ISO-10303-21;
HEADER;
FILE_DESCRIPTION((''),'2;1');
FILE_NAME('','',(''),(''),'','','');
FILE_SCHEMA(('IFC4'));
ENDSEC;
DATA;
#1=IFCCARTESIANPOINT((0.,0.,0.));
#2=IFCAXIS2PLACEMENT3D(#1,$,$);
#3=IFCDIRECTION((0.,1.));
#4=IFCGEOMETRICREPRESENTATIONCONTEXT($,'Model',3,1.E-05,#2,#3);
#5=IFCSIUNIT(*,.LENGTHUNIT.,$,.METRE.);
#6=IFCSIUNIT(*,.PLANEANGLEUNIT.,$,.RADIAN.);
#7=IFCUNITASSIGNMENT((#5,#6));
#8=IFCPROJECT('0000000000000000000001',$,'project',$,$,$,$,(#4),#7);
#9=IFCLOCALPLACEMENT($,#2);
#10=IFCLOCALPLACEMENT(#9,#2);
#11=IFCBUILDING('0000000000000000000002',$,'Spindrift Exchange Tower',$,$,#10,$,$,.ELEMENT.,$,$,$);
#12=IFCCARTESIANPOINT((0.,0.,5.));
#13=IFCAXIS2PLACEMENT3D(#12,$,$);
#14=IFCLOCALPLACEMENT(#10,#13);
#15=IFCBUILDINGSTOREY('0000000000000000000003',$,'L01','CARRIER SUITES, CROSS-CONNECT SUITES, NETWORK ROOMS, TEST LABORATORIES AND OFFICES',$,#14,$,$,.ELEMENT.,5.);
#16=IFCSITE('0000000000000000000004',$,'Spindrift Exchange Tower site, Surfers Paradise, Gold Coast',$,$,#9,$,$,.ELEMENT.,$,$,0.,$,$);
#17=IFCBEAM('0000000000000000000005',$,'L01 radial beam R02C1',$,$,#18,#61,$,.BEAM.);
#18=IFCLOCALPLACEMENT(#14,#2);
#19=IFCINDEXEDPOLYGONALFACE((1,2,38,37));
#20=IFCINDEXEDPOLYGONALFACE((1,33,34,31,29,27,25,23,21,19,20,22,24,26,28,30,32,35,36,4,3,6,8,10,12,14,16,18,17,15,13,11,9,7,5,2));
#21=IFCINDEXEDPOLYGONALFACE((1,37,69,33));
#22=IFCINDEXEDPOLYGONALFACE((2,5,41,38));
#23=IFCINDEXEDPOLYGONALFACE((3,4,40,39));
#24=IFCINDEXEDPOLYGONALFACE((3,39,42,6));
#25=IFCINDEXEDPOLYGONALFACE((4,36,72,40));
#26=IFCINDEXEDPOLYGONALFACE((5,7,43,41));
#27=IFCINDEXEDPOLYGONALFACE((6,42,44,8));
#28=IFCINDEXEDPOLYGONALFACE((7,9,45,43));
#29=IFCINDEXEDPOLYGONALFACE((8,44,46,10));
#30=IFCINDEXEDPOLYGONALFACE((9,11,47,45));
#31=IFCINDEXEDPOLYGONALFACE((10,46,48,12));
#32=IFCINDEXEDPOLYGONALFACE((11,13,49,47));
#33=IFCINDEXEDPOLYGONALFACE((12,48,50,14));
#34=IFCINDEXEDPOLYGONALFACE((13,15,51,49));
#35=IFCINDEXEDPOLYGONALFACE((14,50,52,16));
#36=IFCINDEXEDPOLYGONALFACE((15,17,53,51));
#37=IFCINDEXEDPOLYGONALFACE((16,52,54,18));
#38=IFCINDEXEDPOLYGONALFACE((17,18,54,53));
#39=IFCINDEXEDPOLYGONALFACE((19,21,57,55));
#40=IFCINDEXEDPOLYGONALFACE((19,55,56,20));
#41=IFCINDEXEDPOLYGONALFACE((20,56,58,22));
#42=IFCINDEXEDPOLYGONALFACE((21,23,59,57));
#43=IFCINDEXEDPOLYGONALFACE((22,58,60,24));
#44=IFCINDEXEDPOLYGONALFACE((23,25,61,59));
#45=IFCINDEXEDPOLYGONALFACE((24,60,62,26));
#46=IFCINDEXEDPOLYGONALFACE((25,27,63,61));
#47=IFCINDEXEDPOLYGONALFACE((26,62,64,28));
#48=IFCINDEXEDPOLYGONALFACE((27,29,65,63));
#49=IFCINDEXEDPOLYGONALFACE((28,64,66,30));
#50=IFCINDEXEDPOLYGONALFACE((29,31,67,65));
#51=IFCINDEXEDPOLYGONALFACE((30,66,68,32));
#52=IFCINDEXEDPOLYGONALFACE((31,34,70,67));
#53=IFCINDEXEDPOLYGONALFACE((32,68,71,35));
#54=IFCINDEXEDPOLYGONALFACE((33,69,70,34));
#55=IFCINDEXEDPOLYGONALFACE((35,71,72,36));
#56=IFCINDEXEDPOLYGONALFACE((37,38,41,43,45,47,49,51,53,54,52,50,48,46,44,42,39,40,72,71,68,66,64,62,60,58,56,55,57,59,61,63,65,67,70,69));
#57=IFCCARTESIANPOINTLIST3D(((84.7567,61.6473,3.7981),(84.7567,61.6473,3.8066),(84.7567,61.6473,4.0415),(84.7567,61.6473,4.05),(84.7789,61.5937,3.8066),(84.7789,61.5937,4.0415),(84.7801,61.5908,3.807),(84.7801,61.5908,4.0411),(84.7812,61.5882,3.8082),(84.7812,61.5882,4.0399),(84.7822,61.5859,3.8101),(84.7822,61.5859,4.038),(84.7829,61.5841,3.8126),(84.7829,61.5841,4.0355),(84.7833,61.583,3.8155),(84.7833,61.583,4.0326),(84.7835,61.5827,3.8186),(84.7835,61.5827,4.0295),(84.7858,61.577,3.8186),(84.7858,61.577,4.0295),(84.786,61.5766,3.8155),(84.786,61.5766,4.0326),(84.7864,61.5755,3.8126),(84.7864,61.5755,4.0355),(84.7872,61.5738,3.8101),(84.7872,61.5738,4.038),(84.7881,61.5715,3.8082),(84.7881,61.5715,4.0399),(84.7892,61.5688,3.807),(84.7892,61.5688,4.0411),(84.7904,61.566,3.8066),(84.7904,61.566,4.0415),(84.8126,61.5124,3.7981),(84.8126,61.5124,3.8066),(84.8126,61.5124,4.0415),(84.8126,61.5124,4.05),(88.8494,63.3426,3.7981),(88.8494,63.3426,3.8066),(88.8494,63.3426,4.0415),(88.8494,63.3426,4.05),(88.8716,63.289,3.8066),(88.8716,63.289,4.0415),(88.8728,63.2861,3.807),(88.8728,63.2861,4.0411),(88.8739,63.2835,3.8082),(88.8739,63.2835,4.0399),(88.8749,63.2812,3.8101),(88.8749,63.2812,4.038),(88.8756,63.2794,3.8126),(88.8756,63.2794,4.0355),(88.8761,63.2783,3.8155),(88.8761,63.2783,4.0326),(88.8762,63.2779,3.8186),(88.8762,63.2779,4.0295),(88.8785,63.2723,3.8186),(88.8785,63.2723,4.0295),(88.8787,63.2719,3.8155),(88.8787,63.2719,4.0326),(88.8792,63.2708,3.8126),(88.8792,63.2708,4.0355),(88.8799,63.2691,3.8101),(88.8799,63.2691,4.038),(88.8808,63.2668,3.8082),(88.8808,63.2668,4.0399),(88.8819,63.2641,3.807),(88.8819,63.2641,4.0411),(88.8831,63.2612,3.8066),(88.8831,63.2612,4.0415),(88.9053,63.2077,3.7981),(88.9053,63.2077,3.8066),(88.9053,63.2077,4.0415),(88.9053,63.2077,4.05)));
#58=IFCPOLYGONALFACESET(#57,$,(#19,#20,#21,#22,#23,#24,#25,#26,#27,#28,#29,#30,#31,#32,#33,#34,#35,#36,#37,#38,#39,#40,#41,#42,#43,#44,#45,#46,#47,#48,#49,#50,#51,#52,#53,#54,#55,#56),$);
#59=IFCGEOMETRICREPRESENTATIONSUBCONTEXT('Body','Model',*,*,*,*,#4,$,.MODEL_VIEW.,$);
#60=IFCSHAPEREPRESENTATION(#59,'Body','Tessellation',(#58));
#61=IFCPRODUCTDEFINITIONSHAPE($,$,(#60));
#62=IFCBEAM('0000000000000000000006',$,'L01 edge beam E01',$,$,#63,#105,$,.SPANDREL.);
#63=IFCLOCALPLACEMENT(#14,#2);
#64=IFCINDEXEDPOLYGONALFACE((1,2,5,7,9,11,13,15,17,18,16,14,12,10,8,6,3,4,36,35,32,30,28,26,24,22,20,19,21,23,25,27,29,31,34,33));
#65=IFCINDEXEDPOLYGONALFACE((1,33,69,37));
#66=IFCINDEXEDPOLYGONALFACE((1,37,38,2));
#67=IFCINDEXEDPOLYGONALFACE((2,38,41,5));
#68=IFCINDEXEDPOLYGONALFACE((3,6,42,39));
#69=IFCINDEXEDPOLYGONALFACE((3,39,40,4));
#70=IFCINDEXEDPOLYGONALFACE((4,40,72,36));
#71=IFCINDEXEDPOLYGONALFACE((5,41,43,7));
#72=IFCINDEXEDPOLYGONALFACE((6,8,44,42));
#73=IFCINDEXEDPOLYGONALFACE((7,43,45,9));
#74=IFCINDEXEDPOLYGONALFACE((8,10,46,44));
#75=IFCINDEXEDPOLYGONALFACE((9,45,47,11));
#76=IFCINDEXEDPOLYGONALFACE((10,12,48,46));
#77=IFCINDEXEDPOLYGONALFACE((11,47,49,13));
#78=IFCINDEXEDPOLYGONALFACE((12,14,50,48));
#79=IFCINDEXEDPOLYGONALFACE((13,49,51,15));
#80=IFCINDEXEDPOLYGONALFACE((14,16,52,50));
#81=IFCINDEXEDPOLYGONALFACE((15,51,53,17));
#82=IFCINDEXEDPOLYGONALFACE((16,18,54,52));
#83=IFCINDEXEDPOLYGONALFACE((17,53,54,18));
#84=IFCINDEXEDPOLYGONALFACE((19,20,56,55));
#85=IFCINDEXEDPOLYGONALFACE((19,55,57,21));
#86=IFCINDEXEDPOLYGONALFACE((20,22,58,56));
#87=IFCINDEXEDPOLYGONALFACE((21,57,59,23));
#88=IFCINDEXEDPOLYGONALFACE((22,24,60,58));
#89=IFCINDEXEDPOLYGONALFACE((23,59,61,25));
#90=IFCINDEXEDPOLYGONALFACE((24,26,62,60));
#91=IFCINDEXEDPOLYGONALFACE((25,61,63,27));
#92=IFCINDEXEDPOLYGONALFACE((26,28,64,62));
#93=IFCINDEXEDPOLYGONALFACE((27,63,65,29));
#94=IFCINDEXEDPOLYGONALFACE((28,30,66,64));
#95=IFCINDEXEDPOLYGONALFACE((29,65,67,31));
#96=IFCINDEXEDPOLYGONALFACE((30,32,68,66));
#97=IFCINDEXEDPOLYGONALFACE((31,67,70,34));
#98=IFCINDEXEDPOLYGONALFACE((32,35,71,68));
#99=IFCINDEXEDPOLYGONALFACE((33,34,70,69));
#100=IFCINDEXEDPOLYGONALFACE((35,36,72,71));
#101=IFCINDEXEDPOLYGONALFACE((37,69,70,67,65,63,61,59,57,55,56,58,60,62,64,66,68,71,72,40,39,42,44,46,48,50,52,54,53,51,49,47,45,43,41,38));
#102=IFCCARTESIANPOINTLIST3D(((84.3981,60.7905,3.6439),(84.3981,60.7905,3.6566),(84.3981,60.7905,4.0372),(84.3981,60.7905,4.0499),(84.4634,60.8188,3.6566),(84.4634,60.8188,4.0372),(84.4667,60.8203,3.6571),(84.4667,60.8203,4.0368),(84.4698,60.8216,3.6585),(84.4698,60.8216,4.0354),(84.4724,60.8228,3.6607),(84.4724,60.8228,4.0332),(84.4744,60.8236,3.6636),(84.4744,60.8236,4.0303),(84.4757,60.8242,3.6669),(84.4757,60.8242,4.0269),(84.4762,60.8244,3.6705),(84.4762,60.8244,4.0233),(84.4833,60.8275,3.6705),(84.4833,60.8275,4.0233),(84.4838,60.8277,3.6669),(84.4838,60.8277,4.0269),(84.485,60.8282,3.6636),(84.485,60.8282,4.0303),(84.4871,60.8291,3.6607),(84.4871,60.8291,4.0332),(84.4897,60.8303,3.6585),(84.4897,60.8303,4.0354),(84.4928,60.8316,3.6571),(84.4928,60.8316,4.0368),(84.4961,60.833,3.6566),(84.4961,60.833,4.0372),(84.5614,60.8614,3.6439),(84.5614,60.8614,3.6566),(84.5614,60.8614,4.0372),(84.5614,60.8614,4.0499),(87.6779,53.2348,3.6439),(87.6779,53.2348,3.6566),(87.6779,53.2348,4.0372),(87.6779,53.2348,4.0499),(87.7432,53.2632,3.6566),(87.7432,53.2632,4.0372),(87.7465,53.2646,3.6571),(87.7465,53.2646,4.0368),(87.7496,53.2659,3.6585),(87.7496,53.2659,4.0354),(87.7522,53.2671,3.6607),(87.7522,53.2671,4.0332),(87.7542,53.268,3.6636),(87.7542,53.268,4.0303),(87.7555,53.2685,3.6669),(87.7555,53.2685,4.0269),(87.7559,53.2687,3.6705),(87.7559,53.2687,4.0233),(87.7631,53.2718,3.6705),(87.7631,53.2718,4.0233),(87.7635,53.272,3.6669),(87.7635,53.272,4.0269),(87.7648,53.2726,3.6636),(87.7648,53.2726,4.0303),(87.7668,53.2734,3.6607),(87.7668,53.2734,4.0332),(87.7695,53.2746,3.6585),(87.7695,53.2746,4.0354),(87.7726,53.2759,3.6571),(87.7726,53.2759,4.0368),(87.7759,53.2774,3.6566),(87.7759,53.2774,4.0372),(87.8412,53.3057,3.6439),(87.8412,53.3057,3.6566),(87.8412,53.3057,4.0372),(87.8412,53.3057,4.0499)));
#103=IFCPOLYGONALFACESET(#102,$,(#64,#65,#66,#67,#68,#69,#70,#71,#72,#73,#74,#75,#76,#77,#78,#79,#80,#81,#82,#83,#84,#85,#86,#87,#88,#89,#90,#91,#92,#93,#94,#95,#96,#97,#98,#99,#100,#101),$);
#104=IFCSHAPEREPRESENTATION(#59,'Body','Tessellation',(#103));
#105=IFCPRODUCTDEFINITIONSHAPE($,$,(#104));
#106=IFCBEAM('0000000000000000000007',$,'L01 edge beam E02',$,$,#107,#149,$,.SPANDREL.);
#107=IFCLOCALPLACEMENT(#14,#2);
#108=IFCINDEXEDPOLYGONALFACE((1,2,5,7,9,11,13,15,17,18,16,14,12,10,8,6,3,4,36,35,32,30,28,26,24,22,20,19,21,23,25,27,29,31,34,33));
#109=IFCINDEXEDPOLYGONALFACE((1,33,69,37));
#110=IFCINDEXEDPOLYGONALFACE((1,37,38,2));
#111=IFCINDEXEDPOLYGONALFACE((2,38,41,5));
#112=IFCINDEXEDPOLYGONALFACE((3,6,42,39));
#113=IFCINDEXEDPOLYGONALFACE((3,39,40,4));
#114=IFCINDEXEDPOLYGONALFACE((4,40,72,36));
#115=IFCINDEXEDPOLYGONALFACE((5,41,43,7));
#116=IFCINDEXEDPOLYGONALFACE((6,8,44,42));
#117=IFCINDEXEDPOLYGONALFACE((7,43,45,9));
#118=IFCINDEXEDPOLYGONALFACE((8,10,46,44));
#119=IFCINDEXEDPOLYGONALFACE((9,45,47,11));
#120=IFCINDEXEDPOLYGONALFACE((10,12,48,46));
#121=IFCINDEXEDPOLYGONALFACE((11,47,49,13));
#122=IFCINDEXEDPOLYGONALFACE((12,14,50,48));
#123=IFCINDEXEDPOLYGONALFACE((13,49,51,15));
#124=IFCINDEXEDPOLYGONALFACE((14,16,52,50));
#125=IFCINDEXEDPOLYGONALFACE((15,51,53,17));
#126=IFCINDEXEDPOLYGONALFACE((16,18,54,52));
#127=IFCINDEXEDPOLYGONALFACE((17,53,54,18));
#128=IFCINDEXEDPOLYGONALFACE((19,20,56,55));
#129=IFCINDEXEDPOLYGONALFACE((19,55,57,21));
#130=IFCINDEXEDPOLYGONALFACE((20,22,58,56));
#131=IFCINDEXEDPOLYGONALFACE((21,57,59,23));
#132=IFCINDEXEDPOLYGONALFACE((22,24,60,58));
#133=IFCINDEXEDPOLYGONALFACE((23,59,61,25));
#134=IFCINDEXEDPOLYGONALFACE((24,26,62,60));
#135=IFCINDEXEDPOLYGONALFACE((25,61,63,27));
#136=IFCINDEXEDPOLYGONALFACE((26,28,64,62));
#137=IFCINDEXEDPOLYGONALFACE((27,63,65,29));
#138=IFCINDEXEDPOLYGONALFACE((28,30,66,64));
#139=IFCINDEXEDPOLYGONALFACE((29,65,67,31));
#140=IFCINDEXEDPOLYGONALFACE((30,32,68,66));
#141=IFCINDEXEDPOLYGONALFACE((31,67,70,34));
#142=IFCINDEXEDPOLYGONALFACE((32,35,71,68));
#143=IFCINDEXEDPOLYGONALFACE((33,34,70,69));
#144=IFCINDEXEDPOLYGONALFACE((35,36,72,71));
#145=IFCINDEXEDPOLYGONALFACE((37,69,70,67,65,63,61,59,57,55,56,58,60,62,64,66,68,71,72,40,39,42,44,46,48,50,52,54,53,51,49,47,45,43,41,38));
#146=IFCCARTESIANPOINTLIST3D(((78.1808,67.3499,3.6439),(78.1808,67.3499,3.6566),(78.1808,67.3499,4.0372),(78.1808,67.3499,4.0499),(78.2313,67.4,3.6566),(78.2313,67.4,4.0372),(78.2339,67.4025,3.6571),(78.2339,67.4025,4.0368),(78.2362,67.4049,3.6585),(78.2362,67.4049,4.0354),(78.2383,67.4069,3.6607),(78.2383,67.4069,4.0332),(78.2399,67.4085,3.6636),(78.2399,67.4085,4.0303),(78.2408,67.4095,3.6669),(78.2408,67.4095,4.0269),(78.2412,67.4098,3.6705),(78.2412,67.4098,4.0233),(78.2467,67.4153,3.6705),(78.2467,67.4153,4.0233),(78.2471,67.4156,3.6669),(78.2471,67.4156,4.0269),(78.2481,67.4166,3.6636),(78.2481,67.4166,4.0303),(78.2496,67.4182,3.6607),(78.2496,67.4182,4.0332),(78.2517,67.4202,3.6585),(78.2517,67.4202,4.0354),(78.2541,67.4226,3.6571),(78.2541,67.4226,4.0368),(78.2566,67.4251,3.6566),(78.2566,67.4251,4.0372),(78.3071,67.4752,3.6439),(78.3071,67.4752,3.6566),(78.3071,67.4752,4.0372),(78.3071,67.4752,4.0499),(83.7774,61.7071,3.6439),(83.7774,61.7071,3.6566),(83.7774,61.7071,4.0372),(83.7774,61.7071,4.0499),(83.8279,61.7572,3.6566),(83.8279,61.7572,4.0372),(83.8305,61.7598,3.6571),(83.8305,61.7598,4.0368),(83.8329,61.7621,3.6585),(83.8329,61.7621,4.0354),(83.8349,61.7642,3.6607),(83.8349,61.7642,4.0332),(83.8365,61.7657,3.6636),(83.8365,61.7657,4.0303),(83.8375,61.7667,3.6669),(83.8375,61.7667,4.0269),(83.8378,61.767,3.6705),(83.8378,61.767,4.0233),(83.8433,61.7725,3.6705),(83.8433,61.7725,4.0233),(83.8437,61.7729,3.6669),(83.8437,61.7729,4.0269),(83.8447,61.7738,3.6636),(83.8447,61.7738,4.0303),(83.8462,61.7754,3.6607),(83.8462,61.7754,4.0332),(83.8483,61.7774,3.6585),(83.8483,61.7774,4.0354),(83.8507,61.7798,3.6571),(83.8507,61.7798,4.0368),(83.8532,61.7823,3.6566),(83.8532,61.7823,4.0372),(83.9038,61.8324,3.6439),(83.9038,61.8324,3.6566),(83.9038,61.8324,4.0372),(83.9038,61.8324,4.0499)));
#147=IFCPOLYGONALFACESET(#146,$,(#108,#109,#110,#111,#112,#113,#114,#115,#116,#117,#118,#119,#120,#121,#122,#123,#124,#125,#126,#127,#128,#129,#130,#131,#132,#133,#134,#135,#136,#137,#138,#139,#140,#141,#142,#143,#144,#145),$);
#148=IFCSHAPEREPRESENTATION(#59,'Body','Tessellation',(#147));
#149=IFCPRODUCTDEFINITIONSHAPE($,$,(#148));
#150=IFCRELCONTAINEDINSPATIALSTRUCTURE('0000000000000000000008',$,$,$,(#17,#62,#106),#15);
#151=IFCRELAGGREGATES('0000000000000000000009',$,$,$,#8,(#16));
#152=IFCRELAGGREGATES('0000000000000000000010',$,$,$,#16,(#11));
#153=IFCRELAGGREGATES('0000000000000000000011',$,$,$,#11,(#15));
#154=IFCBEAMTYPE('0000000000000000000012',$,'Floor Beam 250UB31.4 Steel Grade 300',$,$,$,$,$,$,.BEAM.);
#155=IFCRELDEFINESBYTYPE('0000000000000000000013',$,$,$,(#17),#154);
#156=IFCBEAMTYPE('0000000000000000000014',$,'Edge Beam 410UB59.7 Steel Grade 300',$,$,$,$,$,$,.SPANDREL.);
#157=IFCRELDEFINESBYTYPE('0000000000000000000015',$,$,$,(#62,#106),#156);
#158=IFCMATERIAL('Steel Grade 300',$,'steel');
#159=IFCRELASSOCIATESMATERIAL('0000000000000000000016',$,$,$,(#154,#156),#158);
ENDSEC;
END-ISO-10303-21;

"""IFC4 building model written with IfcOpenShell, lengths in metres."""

from ifc_helpers import new_model, si_unit, direction, frame, origin, origin_2d, place, context, subcontext, project, spatial, i_section, extrude, source, transform, mapped, material, material_profile, profile_set, type_object, element, save


model = new_model("IFC4")

# Units and contexts
model_context = context("Model", 3, precision=1e-05, world=origin(), true_north=direction((0.0, 1.0)))
body_context = subcontext(model_context, "Body", "Model", "MODEL_VIEW")
ifc_project = project(units=[si_unit("LENGTHUNIT", "METRE"), si_unit("PLANEANGLEUNIT", "RADIAN")], contexts=[model_context])

# Site, building, storey
site_placement = place(None, origin())
site = spatial("IfcSite", under=ifc_project, at=site_placement, Name="Spindrift Exchange Tower site, Surfers Paradise, Gold Coast", CompositionType="ELEMENT", RefElevation=0.0)
building_placement = place(site_placement, origin())
building = spatial("IfcBuilding", under=site, at=building_placement, Name="Spindrift Exchange Tower", CompositionType="ELEMENT")
storey_placement = place(building_placement, frame((0.0, 0.0, 5.0)))
storey = spatial("IfcBuildingStorey", under=building, at=storey_placement, Name="L01", Description="CARRIER SUITES, CROSS-CONNECT SUITES, NETWORK ROOMS, TEST LABORATORIES AND OFFICES", CompositionType="ELEMENT", Elevation=5.0)

# Beams
ifc_material_1 = material(Name="Steel Grade 300", Category="steel")
ifc_material_profile_1 = material_profile(ifc_material_1, i_section(OverallWidth=0.146, OverallDepth=0.252, WebThickness=0.0061, FlangeThickness=0.0085, FilletRadius=0.012, at=origin_2d()), Name="250UB31.4")
ifc_profile_set_1 = profile_set([ifc_material_profile_1], Name="Steel Grade 300")
beam_type_1 = type_object("IfcBeamType", Name="Floor Beam 250UB31.4 Steel Grade 300", PredefinedType="BEAM", material=ifc_profile_set_1)
shared_shape_1 = source(origin(), body_context, "Body", "SweptSolid", [
    extrude(i_section(OverallWidth=0.146, OverallDepth=0.252, WebThickness=0.0061, FlangeThickness=0.0085, FilletRadius=0.012, at=origin_2d()), origin(), (0.0, 0.0, 1.0), 4.4299),
])
beam_1_placement = place(storey_placement, frame((84.7847, 61.5798, 3.9241), z_axis=(0.923877, 0.382689, 0.0), x_axis=(-0.382689, 0.923877, 0.0)))
element("IfcBeam", 1, at=beam_1_placement, inside=storey, type_object=beam_type_1, Name="L01 radial beam R02C1", PredefinedType="BEAM", context=body_context, shape_type="MappedRepresentation", body=[
    mapped(shared_shape_1, transform((0.0, 0.0, 0.0), scale=1.0)),
])
ifc_material_profile_2 = material_profile(ifc_material_1, i_section(OverallWidth=0.178, OverallDepth=0.406, WebThickness=0.0078, FlangeThickness=0.0127, FilletRadius=0.0139, at=origin_2d()), Name="410UB59.7")
ifc_profile_set_2 = profile_set([ifc_material_profile_2], Name="Steel Grade 300")
beam_type_2 = type_object("IfcBeamType", Name="Edge Beam 410UB59.7 Steel Grade 300", PredefinedType="SPANDREL", material=ifc_profile_set_2)
shared_shape_2 = source(origin(), body_context, "Body", "SweptSolid", [
    extrude(i_section(OverallWidth=0.178, OverallDepth=0.406, WebThickness=0.0078, FlangeThickness=0.0127, FilletRadius=0.0139, at=origin_2d()), origin(), (0.0, 0.0, 1.0), 8.2368),
])
beam_2_placement = place(storey_placement, frame((87.7595, 53.2703, 3.8469), z_axis=(-0.398186, 0.917305, 0.0), x_axis=(-0.917305, -0.398186, 0.0)))
element("IfcBeam", 2, at=beam_2_placement, inside=storey, type_object=beam_type_2, Name="L01 edge beam E01", PredefinedType="SPANDREL", context=body_context, shape_type="MappedRepresentation", body=[
    mapped(shared_shape_2, transform((0.0, 0.0, 0.0), scale=1.0)),
])
shared_shape_3 = source(origin(), body_context, "Body", "SweptSolid", [
    extrude(i_section(OverallWidth=0.178, OverallDepth=0.406, WebThickness=0.0078, FlangeThickness=0.0127, FilletRadius=0.0139, at=origin_2d()), origin(), (0.0, 0.0, 1.0), 7.9475),
])
beam_3_placement = place(storey_placement, frame((83.8406, 61.7698, 3.8469), z_axis=(-0.704198, 0.710004, 0.0), x_axis=(-0.710004, -0.704198, 0.0)))
element("IfcBeam", 3, at=beam_3_placement, inside=storey, type_object=beam_type_2, Name="L01 edge beam E02", PredefinedType="SPANDREL", context=body_context, shape_type="MappedRepresentation", body=[
    mapped(shared_shape_3, transform((0.0, 0.0, 0.0), scale=1.0)),
])

save(model, "model.ifc")
